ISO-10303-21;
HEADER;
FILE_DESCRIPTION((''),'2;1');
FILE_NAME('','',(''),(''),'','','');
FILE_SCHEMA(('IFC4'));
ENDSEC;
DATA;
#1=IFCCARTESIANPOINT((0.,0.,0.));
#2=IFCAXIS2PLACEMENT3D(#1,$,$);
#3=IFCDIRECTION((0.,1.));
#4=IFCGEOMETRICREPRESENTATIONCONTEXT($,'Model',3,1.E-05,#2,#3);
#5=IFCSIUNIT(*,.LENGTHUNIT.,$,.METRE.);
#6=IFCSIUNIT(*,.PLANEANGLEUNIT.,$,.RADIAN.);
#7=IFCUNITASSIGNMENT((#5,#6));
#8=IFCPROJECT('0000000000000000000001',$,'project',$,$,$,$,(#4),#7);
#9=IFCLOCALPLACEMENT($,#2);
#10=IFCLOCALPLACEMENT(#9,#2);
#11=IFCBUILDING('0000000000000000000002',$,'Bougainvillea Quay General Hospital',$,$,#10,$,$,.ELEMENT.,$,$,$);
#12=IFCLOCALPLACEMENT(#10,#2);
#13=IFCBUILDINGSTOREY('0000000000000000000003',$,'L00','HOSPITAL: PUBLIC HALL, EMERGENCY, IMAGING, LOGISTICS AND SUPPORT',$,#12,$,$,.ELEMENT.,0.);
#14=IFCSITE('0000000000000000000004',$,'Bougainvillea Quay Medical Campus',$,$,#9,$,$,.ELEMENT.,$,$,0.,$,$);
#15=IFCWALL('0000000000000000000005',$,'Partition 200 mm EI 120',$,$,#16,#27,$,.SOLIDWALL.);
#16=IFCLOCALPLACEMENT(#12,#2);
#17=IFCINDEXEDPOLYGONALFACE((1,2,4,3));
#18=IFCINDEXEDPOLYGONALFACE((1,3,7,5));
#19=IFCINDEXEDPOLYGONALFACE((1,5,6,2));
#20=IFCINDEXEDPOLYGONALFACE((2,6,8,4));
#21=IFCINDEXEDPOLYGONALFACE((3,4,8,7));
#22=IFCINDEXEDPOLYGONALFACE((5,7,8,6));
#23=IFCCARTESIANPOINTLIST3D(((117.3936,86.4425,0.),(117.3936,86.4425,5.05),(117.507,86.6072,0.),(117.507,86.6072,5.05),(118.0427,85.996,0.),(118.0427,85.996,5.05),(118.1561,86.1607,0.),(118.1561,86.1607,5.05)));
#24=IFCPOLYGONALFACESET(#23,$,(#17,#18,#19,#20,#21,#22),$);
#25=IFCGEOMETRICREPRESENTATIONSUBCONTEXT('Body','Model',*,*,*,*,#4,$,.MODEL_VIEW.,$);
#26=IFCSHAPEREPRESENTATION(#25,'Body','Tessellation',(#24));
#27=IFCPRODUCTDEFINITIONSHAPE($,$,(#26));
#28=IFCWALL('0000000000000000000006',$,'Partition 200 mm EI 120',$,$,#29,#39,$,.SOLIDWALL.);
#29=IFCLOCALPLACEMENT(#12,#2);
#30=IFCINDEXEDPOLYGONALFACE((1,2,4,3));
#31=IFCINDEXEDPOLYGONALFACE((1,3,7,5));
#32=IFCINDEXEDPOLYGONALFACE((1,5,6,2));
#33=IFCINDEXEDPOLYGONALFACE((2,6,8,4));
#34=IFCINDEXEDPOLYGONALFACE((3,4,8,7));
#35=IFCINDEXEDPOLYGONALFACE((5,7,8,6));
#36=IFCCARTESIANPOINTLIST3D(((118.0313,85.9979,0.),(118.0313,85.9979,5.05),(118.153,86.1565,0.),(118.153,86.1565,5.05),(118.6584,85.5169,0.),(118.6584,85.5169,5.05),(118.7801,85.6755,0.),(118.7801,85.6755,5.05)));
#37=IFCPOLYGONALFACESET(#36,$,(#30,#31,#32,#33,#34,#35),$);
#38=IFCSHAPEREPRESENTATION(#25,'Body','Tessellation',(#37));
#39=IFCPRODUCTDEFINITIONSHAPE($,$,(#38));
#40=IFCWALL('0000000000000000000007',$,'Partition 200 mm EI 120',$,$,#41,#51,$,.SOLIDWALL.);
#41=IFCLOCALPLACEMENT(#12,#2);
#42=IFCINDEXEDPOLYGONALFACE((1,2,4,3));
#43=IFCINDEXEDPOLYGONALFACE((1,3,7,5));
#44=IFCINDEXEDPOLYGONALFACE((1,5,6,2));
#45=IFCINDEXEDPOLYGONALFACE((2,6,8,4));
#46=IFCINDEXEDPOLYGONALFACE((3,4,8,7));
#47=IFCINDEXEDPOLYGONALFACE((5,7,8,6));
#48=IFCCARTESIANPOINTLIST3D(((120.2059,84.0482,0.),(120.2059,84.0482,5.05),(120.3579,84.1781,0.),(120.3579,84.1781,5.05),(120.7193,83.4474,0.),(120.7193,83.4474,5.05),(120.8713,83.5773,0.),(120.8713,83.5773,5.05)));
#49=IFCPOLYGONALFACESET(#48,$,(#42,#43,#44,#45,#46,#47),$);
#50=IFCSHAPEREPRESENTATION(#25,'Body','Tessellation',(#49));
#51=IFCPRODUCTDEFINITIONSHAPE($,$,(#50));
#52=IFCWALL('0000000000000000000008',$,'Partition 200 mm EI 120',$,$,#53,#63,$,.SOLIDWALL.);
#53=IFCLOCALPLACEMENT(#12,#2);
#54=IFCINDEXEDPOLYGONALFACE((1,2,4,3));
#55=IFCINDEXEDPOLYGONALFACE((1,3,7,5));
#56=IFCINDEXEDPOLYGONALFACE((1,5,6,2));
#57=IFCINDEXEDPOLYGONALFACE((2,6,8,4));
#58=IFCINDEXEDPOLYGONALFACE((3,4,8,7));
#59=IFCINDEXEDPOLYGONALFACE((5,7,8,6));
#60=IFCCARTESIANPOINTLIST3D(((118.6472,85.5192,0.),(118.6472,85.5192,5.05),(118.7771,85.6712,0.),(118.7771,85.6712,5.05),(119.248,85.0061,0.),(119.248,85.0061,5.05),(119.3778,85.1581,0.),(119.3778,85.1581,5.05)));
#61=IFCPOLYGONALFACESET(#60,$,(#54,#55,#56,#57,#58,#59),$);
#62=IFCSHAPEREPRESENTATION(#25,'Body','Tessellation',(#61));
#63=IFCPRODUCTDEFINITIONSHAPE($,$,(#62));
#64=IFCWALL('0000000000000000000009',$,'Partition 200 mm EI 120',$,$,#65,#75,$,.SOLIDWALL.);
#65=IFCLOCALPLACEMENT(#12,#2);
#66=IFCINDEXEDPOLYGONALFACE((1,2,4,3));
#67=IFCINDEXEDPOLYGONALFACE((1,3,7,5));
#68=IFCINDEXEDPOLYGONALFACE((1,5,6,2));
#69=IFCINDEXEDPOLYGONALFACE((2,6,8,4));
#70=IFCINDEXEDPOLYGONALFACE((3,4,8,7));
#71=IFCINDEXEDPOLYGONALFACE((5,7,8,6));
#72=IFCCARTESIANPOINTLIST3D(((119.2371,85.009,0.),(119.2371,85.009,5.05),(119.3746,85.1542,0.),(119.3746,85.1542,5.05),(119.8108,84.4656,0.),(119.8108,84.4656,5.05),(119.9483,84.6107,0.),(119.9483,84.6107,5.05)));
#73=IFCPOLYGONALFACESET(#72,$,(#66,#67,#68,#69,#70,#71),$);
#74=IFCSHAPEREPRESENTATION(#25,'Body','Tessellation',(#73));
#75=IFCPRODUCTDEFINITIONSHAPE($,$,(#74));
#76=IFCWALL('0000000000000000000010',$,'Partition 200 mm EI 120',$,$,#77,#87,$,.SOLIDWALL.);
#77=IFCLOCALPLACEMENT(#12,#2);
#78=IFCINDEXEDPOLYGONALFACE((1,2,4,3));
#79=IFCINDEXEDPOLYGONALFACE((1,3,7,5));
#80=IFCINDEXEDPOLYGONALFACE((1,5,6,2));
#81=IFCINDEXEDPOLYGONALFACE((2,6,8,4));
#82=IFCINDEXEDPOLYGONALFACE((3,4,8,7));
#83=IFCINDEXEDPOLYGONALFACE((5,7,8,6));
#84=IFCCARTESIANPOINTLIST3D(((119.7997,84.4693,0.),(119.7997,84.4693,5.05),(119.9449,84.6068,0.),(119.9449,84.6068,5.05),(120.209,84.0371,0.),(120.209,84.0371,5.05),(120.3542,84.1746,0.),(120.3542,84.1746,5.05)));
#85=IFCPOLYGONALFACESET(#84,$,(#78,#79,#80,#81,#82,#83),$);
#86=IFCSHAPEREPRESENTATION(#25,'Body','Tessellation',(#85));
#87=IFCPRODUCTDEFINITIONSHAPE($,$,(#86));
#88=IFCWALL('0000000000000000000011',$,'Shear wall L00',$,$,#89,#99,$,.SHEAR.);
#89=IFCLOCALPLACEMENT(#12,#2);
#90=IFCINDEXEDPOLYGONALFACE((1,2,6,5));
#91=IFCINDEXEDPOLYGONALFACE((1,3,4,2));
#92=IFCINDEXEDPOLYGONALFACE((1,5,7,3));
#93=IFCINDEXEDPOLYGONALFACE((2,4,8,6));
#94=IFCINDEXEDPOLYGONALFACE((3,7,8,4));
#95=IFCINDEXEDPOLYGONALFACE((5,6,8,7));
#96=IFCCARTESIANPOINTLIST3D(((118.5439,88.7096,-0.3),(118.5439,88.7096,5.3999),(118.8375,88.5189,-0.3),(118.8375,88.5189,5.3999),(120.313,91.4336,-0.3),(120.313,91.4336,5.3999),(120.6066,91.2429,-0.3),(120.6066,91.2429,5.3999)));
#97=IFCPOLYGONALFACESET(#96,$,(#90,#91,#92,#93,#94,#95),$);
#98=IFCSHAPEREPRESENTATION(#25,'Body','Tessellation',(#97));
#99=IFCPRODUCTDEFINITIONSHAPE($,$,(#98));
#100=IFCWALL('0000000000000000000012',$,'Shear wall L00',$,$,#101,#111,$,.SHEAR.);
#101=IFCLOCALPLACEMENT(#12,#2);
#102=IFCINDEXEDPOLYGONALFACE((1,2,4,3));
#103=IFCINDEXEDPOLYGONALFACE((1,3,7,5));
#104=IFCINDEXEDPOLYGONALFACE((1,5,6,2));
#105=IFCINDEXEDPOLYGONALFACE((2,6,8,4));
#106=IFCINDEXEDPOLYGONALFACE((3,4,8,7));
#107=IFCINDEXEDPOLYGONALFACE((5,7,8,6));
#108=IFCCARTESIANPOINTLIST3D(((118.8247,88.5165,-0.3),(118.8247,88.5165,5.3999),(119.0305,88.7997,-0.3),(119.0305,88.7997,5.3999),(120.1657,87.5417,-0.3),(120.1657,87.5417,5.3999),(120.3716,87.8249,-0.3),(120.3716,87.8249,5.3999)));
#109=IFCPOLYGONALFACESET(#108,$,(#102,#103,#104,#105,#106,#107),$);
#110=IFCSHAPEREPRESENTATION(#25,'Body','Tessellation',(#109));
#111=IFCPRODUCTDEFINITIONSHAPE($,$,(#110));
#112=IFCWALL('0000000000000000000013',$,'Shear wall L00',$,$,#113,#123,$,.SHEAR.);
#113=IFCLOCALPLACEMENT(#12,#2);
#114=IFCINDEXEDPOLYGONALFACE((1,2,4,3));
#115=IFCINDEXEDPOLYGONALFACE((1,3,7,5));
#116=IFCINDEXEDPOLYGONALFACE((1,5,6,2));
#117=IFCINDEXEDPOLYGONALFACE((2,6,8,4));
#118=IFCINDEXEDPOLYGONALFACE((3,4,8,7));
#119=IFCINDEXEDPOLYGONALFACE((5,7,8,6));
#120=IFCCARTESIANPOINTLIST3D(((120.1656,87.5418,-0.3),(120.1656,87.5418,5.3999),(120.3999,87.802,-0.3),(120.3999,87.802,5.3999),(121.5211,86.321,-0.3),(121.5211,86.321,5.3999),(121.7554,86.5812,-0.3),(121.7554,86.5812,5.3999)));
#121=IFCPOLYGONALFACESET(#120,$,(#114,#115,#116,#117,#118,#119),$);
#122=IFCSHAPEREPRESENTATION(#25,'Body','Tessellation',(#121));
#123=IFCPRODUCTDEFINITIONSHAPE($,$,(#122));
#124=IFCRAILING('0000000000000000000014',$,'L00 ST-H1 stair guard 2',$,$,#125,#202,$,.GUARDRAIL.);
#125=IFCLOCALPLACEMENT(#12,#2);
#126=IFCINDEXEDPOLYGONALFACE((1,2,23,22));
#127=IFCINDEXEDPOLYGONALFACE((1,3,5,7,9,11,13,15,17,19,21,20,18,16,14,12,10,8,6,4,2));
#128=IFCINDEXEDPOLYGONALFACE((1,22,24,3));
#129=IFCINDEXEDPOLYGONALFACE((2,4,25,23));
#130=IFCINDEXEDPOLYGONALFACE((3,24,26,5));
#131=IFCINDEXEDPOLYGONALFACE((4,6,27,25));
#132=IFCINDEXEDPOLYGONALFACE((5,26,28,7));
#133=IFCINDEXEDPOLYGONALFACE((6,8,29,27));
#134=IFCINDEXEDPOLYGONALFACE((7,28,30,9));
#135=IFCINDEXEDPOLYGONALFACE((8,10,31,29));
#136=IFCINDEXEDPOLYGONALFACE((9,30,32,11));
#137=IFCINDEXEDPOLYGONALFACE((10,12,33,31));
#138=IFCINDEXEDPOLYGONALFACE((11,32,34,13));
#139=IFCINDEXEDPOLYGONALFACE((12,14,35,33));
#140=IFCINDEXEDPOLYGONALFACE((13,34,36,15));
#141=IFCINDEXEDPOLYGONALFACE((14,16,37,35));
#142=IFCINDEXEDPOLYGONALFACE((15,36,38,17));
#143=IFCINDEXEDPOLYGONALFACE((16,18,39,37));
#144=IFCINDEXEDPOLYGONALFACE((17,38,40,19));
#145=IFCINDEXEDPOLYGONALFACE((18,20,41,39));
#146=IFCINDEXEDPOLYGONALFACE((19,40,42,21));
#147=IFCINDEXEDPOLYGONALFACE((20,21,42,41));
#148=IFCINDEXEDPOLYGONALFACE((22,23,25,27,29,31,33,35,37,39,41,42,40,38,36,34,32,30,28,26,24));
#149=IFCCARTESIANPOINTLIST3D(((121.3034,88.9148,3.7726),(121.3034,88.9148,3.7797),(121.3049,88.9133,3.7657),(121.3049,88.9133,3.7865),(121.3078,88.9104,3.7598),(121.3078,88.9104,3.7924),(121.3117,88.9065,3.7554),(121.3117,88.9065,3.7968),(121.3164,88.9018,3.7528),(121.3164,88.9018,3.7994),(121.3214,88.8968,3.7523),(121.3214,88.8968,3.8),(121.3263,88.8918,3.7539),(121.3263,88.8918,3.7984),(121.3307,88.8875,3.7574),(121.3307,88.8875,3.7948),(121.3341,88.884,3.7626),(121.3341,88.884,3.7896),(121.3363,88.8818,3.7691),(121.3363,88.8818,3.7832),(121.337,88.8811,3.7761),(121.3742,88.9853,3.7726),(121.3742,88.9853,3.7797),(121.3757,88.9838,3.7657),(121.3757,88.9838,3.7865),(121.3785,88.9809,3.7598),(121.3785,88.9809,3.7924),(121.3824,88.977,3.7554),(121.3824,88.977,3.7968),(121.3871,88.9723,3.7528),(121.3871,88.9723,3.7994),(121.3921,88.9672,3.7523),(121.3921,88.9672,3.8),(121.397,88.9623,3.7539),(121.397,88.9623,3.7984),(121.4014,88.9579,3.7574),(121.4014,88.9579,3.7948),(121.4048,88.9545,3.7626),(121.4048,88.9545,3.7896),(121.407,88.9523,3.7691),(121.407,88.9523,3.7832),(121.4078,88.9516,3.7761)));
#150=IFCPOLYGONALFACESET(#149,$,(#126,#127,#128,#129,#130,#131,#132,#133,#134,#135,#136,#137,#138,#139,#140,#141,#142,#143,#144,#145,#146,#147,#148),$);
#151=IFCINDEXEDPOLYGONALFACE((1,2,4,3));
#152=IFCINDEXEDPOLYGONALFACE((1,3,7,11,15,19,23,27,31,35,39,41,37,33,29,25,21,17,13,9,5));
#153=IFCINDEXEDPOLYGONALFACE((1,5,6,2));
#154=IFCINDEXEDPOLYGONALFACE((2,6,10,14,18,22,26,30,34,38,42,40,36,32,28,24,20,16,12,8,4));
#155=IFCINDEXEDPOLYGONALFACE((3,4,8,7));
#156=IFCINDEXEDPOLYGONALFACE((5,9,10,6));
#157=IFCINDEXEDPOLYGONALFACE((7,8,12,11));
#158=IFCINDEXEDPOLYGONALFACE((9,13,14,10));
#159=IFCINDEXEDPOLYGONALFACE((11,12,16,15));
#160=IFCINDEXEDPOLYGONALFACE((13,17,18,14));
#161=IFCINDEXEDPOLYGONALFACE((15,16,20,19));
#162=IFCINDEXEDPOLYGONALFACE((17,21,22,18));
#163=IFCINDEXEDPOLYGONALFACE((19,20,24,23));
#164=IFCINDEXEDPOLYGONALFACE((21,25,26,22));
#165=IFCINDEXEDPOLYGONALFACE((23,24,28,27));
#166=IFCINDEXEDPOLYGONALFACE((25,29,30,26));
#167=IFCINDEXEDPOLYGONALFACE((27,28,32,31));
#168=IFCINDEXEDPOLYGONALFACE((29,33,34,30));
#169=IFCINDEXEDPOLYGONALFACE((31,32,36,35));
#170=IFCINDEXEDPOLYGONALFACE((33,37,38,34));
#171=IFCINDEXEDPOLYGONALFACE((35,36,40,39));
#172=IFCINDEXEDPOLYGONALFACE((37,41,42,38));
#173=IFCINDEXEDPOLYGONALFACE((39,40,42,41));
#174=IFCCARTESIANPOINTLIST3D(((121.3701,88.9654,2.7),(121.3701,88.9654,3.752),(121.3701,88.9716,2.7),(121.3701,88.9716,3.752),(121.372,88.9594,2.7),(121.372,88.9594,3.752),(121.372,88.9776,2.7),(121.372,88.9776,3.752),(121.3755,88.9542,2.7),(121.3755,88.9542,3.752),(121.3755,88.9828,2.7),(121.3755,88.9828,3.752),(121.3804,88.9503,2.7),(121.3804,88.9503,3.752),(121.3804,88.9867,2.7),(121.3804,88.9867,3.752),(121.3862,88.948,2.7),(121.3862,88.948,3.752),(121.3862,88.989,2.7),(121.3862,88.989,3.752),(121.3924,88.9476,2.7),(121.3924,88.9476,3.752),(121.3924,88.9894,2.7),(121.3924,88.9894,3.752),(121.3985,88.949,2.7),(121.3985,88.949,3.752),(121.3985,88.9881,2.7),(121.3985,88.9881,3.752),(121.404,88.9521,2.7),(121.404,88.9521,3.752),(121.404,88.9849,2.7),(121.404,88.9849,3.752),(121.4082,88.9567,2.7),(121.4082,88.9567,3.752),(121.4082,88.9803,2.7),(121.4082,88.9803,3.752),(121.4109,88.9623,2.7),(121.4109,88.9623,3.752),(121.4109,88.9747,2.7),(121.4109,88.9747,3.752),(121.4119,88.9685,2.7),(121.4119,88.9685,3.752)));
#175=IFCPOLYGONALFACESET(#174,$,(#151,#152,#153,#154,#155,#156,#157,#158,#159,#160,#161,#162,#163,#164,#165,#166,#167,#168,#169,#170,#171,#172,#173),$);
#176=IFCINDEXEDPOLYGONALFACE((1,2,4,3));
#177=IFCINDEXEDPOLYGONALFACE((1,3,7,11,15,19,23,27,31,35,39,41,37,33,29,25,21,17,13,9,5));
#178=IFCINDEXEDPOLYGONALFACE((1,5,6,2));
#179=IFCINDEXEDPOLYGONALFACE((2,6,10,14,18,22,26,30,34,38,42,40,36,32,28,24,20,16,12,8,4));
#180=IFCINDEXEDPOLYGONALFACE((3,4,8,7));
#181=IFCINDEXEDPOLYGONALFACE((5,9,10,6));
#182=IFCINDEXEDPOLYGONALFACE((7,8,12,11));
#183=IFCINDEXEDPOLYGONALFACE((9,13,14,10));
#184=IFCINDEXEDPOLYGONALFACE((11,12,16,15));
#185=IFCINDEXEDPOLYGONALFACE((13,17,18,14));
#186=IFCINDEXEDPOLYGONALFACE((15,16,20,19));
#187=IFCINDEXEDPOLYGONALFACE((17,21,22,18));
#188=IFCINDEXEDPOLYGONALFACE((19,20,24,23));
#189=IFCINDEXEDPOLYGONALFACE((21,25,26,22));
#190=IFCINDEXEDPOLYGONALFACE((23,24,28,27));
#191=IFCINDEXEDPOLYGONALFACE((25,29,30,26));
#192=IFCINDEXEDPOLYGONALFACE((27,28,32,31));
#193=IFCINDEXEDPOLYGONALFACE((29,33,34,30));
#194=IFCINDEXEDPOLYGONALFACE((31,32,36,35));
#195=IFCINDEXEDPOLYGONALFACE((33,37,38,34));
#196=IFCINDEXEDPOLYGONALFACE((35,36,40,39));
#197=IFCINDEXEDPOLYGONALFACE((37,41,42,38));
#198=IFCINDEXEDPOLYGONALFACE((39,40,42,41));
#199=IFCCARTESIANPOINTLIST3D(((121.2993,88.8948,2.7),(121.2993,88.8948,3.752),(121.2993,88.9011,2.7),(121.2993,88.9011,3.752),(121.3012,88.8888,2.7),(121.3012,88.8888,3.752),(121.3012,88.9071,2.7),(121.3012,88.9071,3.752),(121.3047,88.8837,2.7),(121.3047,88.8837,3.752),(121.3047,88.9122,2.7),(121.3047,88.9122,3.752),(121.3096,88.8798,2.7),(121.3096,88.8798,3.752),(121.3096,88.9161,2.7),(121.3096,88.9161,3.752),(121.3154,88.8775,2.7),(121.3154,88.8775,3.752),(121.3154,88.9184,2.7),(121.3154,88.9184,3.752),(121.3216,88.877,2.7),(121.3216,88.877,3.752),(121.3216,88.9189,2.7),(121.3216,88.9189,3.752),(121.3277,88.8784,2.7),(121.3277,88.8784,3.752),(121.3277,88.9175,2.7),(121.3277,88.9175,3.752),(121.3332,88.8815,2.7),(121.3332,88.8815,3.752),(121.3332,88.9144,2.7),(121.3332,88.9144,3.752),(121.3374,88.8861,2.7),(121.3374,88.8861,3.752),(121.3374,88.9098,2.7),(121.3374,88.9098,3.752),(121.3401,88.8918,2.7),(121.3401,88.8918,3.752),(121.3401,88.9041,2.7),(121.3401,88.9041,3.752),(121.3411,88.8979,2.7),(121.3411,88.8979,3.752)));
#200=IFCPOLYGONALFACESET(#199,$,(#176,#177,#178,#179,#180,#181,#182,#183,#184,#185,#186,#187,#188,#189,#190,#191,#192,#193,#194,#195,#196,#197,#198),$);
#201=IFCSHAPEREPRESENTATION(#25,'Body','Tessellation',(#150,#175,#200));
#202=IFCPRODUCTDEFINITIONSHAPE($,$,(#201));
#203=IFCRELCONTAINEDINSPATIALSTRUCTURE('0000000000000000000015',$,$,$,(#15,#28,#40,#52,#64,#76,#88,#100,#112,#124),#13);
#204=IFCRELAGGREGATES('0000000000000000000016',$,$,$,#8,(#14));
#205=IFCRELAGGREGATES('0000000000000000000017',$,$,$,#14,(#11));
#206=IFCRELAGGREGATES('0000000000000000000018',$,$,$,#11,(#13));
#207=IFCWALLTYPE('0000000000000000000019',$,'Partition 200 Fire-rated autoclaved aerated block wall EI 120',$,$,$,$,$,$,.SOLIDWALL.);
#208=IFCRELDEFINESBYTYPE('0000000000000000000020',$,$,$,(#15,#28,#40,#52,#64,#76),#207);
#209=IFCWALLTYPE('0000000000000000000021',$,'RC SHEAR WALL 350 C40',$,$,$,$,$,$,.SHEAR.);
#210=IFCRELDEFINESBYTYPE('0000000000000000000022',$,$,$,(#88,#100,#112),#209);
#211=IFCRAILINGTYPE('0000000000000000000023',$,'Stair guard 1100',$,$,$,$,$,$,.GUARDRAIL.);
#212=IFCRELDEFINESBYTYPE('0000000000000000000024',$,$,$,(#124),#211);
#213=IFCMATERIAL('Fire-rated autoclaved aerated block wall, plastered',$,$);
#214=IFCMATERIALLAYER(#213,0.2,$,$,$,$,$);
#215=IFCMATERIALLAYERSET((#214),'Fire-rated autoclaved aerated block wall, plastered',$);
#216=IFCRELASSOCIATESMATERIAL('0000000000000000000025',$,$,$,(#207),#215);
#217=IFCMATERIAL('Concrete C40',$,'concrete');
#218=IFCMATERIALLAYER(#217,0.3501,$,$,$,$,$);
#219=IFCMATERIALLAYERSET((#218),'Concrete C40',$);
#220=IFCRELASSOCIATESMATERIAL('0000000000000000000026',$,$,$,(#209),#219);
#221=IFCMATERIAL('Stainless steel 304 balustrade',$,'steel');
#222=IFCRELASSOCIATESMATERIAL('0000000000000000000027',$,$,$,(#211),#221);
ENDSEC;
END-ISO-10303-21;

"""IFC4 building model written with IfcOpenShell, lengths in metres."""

from ifc_helpers import new_model, si_unit, direction, frame, frame_2d, origin, origin_2d, place, context, subcontext, project, spatial, rectangle, circle, extrude, material, layer, layer_set, type_object, element, save


model = new_model("IFC4")

# Units and contexts
model_context = context("Model", 3, precision=1e-05, world=origin(), true_north=direction((0.0, 1.0)))
body_context = subcontext(model_context, "Body", "Model", "MODEL_VIEW")
ifc_project = project(units=[si_unit("LENGTHUNIT", "METRE"), si_unit("PLANEANGLEUNIT", "RADIAN")], contexts=[model_context])

# Site, building, storey
site_placement = place(None, origin())
site = spatial("IfcSite", under=ifc_project, at=site_placement, Name="Bougainvillea Quay Medical Campus", CompositionType="ELEMENT", RefElevation=0.0)
building_placement = place(site_placement, origin())
building = spatial("IfcBuilding", under=site, at=building_placement, Name="Bougainvillea Quay General Hospital", CompositionType="ELEMENT")
storey_placement = place(building_placement, origin())
storey = spatial("IfcBuildingStorey", under=building, at=storey_placement, Name="L00", Description="HOSPITAL: PUBLIC HALL, EMERGENCY, IMAGING, LOGISTICS AND SUPPORT", CompositionType="ELEMENT", Elevation=0.0)

# Shared definitions
ifc_material_1 = material(Name="Concrete C40", Category="concrete")

# Walls
ifc_material_2 = material(Name="Fire-rated autoclaved aerated block wall, plastered")
ifc_layer_1 = layer(ifc_material_2, 0.2)
ifc_layer_set_1 = layer_set([ifc_layer_1], Name="Fire-rated autoclaved aerated block wall, plastered")
wall_type_1 = type_object("IfcWallType", Name="Partition 200 Fire-rated autoclaved aerated block wall EI 120", PredefinedType="SOLIDWALL", material=ifc_layer_set_1)
wall_1_placement = place(storey_placement, frame((117.4502, 86.5249, 0.0), z_axis=(0.0, 0.0, 1.0), x_axis=(0.823906, -0.566726, 0.0)))
element("IfcWall", 1, at=wall_1_placement, inside=storey, type_object=wall_type_1, Name="Partition 200 mm EI 120", PredefinedType="SOLIDWALL", context=body_context, shape_type="SweptSolid", body=[
    extrude(rectangle(XDim=0.7878, YDim=0.2, at=frame_2d((0.394, 0.0))), origin(), (0.0, 0.0, 1.0), 5.05),
])
for number, where, z_axis, x_axis, name in (
    (2, (118.0923, 86.0771, 0.0), (0.0, 0.0, 1.0), (0.793427, -0.608665, 0.0), "Partition 200 mm EI 120"),
    (3, (120.282, 84.113, 0.0), (0.0, 0.0, 1.0), (0.649646, -0.760237, 0.0), "Partition 200 mm EI 120"),
):
    element("IfcWall", number, at=place(storey_placement, frame(where, z_axis=z_axis, x_axis=x_axis)), inside=storey, type_object=wall_type_1, Name=name, PredefinedType="SOLIDWALL", context=body_context, shape_type="SweptSolid", body=[
        extrude(rectangle(XDim=0.7903, YDim=0.2, at=frame_2d((0.395, 0.0))), origin(), (0.0, 0.0, 1.0), 5.05),
    ])
wall_2_placement = place(storey_placement, frame((118.7122, 85.5952, 0.0), z_axis=(0.0, 0.0, 1.0), x_axis=(0.76039, -0.649467, 0.0)))
element("IfcWall", 4, at=wall_2_placement, inside=storey, type_object=wall_type_1, Name="Partition 200 mm EI 120", PredefinedType="SOLIDWALL", context=body_context, shape_type="SweptSolid", body=[
    extrude(rectangle(XDim=0.79, YDim=0.2, at=frame_2d((0.395, 0.0))), origin(), (0.0, 0.0, 1.0), 5.05),
])
wall_3_placement = place(storey_placement, frame((119.3059, 85.0815, 0.0), z_axis=(0.0, 0.0, 1.0), x_axis=(0.726001, -0.687693, 0.0)))
element("IfcWall", 5, at=wall_3_placement, inside=storey, type_object=wall_type_1, Name="Partition 200 mm EI 120", PredefinedType="SOLIDWALL", context=body_context, shape_type="SweptSolid", body=[
    extrude(rectangle(XDim=0.7903, YDim=0.2, at=frame_2d((0.395, 0.0))), origin(), (0.0, 0.0, 1.0), 5.05),
])
wall_4_placement = place(storey_placement, frame((119.8723, 84.5381, 0.0), z_axis=(0.0, 0.0, 1.0), x_axis=(0.687563, -0.726125, 0.0)))
element("IfcWall", 6, at=wall_4_placement, inside=storey, type_object=wall_type_1, Name="Partition 200 mm EI 120", PredefinedType="SOLIDWALL", context=body_context, shape_type="SweptSolid", body=[
    extrude(rectangle(XDim=0.5952, YDim=0.2, at=frame_2d((0.2976, 0.0))), origin(), (0.0, 0.0, 1.0), 5.05),
])
ifc_layer_2 = layer(ifc_material_1, 0.3501)
ifc_layer_set_2 = layer_set([ifc_layer_2], Name="Concrete C40")
wall_type_2 = type_object("IfcWallType", Name="RC SHEAR WALL 350 C40", PredefinedType="SHEAR", material=ifc_layer_set_2)
wall_5_placement = place(storey_placement, frame((118.6907, 88.6143, -0.3), z_axis=(0.0, 0.0, 1.0), x_axis=(0.544669, 0.838651, 0.0)))
element("IfcWall", 7, at=wall_5_placement, inside=storey, type_object=wall_type_2, Name="Shear wall L00", PredefinedType="SHEAR", context=body_context, shape_type="SweptSolid", body=[
    extrude(rectangle(XDim=3.248, YDim=0.3501, at=frame_2d((1.624, 0.0))), origin(), (0.0, 0.0, 1.0), 5.7),
])
wall_6_placement = place(storey_placement, frame((118.9275, 88.6582, -0.3), z_axis=(0.0, 0.0, 1.0), x_axis=(0.80887, -0.587988, 0.0)))
element("IfcWall", 8, at=wall_6_placement, inside=storey, type_object=wall_type_2, Name="Shear wall L00", PredefinedType="SHEAR", context=body_context, shape_type="SweptSolid", body=[
    extrude(rectangle(XDim=1.658, YDim=0.3501, at=frame_2d((0.8291, 0.0))), origin(), (0.0, 0.0, 1.0), 5.7),
])
wall_7_placement = place(storey_placement, frame((120.2827, 87.6719, -0.3), z_axis=(0.0, 0.0, 1.0), x_axis=(0.743081, -0.669201, 0.0)))
element("IfcWall", 9, at=wall_7_placement, inside=storey, type_object=wall_type_2, Name="Shear wall L00", PredefinedType="SHEAR", context=body_context, shape_type="SweptSolid", body=[
    extrude(rectangle(XDim=1.8242, YDim=0.3501, at=frame_2d((0.9121, 0.0))), origin(), (0.0, 0.0, 1.0), 5.7),
])

# Railing
ifc_material_3 = material(Name="Stainless steel 304 balustrade", Category="steel")
railing_type_1 = type_object("IfcRailingType", Name="Stair guard 1100", PredefinedType="GUARDRAIL", material=ifc_material_3)
railing_1_placement = place(storey_placement, frame((121.3909, 88.9685, 2.7)))
element("IfcRailing", 10, at=railing_1_placement, inside=storey, type_object=railing_type_1, Name="L00 ST-H1 stair guard 2", PredefinedType="GUARDRAIL", context=body_context, shape_type="SweptSolid", body=[
    extrude(circle(Radius=0.0239, at=origin_2d()), frame((0.0, 0.0, 1.0762), z_axis=(-0.708327, -0.705884, 0.0), x_axis=(0.705884, -0.708327, 0.0)), (0.0, 0.0, 1.0), 0.0999),
    extrude(circle(Radius=0.021, at=origin_2d()), origin(), (0.0, 0.0, 1.0), 1.052),
    extrude(circle(Radius=0.021, at=origin_2d()), frame((-0.0708, -0.0706, 0.0)), (0.0, 0.0, 1.0), 1.052),
])

save(model, "model.ifc")
